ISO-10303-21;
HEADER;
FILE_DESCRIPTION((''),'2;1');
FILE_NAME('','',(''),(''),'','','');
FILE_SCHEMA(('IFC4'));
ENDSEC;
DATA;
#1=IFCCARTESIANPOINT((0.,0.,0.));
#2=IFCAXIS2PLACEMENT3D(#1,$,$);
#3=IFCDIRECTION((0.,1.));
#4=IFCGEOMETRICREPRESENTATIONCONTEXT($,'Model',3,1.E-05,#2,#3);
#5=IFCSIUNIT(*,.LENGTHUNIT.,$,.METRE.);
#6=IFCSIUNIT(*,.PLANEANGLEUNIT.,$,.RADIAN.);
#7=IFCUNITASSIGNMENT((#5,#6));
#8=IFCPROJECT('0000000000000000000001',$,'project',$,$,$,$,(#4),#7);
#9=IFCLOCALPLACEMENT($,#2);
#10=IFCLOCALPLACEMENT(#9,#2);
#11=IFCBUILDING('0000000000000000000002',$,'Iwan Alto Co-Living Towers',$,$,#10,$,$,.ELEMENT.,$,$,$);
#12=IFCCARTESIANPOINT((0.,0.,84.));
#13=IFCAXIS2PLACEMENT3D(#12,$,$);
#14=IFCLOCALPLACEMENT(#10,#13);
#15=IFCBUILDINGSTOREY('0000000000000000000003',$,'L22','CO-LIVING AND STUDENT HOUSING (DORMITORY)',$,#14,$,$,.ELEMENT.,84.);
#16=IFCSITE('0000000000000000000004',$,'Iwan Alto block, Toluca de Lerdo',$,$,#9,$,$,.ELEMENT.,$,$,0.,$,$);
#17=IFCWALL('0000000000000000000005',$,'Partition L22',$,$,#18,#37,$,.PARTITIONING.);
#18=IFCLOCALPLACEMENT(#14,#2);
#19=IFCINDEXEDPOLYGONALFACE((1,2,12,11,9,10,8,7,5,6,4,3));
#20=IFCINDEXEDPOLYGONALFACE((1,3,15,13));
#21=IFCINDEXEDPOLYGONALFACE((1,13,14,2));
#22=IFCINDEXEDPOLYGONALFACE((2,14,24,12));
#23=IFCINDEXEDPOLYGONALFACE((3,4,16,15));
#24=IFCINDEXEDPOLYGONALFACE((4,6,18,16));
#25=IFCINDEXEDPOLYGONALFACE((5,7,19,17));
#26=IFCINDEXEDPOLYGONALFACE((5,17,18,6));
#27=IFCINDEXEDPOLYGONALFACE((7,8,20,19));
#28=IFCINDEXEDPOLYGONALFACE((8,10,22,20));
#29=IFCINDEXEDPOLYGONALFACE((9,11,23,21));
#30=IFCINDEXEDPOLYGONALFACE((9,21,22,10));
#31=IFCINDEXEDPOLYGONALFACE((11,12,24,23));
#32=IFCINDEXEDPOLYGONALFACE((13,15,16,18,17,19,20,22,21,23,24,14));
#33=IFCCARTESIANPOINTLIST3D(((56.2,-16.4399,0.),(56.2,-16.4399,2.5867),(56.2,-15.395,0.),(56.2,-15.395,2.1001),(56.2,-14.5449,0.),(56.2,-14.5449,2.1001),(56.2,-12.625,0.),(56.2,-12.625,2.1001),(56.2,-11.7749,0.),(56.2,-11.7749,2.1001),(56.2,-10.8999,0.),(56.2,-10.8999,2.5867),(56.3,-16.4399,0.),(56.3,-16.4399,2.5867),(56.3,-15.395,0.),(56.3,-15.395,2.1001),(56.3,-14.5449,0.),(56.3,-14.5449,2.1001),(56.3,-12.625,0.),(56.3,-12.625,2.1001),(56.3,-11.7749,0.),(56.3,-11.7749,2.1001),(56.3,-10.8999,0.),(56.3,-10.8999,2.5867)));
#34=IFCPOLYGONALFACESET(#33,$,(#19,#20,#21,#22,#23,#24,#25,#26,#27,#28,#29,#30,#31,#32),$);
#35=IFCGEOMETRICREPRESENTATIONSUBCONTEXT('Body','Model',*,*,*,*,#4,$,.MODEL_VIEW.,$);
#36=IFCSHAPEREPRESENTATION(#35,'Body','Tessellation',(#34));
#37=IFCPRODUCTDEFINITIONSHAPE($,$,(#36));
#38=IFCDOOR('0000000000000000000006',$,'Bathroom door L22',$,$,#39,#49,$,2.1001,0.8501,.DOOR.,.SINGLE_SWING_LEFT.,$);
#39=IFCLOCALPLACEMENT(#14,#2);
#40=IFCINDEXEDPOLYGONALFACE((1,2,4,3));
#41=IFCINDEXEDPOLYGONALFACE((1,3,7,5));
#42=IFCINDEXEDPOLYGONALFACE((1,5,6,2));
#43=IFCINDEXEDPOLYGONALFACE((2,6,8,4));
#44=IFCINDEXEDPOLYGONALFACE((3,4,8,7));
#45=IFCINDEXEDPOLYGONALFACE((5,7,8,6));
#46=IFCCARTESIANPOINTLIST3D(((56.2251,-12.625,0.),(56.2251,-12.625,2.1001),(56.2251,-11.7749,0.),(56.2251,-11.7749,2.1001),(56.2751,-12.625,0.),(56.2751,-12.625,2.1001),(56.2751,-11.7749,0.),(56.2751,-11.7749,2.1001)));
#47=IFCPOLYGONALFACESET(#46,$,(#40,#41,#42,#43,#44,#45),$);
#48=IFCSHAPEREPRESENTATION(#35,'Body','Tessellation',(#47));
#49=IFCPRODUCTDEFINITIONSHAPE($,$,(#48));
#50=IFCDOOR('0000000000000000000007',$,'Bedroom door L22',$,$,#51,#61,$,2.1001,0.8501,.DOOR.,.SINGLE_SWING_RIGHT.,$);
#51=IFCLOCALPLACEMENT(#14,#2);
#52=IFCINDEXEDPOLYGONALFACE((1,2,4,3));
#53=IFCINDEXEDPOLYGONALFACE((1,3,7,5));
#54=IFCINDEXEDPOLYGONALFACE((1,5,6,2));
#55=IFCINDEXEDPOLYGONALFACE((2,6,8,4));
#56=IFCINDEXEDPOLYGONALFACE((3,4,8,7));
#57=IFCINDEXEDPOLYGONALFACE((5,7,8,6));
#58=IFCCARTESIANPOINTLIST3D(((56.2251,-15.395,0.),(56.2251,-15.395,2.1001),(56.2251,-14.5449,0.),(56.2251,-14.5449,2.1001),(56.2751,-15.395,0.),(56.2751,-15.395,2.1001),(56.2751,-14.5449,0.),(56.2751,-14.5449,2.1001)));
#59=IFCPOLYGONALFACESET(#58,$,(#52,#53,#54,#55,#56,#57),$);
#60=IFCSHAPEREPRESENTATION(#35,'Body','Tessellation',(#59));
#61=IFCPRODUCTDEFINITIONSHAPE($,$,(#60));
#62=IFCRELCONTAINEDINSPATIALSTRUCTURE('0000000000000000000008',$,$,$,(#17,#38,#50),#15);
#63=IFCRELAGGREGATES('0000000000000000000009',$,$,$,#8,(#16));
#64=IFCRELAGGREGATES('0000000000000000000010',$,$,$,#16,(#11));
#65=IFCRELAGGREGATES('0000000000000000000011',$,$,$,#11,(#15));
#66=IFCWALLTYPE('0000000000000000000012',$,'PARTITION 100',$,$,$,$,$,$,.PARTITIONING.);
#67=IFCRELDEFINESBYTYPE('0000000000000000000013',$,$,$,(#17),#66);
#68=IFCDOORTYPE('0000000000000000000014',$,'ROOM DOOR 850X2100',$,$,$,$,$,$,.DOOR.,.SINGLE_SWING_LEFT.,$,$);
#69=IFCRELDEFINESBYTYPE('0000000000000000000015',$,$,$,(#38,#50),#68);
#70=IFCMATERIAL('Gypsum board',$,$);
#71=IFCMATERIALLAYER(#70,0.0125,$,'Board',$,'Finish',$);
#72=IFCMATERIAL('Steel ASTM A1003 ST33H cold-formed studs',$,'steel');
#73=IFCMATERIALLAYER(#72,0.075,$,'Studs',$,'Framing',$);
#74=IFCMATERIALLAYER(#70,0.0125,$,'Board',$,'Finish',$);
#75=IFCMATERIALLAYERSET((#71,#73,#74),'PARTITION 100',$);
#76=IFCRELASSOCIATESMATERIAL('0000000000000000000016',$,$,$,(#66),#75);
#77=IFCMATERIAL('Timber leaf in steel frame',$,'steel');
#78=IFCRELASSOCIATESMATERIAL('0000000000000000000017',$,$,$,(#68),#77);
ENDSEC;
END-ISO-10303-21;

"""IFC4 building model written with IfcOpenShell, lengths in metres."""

from ifc_helpers import new_model, si_unit, direction, frame, frame_2d, origin, place, context, subcontext, project, spatial, rectangle, extrude, material, layer, layer_set, type_object, element, fill, save


model = new_model("IFC4")

# Units and contexts
model_context = context("Model", 3, precision=1e-05, world=origin(), true_north=direction((0.0, 1.0)))
body_context = subcontext(model_context, "Body", "Model", "MODEL_VIEW")
ifc_project = project(units=[si_unit("LENGTHUNIT", "METRE"), si_unit("PLANEANGLEUNIT", "RADIAN")], contexts=[model_context])

# Site, building, storey
site_placement = place(None, origin())
site = spatial("IfcSite", under=ifc_project, at=site_placement, Name="Iwan Alto block, Toluca de Lerdo", CompositionType="ELEMENT", RefElevation=0.0)
building_placement = place(site_placement, origin())
building = spatial("IfcBuilding", under=site, at=building_placement, Name="Iwan Alto Co-Living Towers", CompositionType="ELEMENT")
storey_placement = place(building_placement, frame((0.0, 0.0, 84.0)))
storey = spatial("IfcBuildingStorey", under=building, at=storey_placement, Name="L22", Description="CO-LIVING AND STUDENT HOUSING (DORMITORY)", CompositionType="ELEMENT", Elevation=84.0)

# Shared definitions
ifc_material_1 = material(Name="Gypsum board")
ifc_layer_1 = layer(ifc_material_1, 0.0125, Name="Board", Category="Finish")
ifc_material_2 = material(Name="Steel ASTM A1003 ST33H cold-formed studs", Category="steel")
ifc_layer_2 = layer(ifc_material_2, 0.075, Name="Studs", Category="Framing")
ifc_layer_3 = layer(ifc_material_1, 0.0125, Name="Board", Category="Finish")
ifc_layer_set_1 = layer_set([ifc_layer_1, ifc_layer_2, ifc_layer_3], Name="PARTITION 100")
wall_type = type_object("IfcWallType", Name="PARTITION 100", PredefinedType="PARTITIONING", material=ifc_layer_set_1)

# Wall, openings, doors
wall_1_placement = place(storey_placement, frame((56.25, -16.4399, 0.0), z_axis=(0.0, 0.0, 1.0), x_axis=(0.0, 1.0, 0.0)))
wall_1 = element("IfcWall", 1, at=wall_1_placement, inside=storey, type_object=wall_type, Name="Partition L22", PredefinedType="PARTITIONING", context=body_context, shape_type="SweptSolid", body=[
    extrude(rectangle(XDim=5.54, YDim=0.1001, at=frame_2d((2.77, 0.0))), origin(), (0.0, 0.0, 1.0), 2.5867),
])
opening_1_placement = place(wall_1_placement, frame((3.8149, 0.0, 0.0)))
opening_1 = element("IfcOpeningElement", 2, at=opening_1_placement, cuts=wall_1, PredefinedType="OPENING", context=body_context, shape_type="SweptSolid", body=[
    extrude(rectangle(XDim=0.8501, YDim=2.1001, at=frame_2d((0.425, 1.05))), frame((0.0, 0.0601, 0.0), z_axis=(0.0, -1.0, 0.0), x_axis=(1.0, 0.0, 0.0)), (0.0, 0.0, 1.0), 0.1201),
])
opening_2_placement = place(wall_1_placement, frame((1.0449, 0.0, 0.0)))
opening_2 = element("IfcOpeningElement", 3, at=opening_2_placement, cuts=wall_1, PredefinedType="OPENING", context=body_context, shape_type="SweptSolid", body=[
    extrude(rectangle(XDim=0.8501, YDim=2.1001, at=frame_2d((0.425, 1.05))), frame((0.0, 0.0601, 0.0), z_axis=(0.0, -1.0, 0.0), x_axis=(1.0, 0.0, 0.0)), (0.0, 0.0, 1.0), 0.1201),
])
ifc_material_3 = material(Name="Timber leaf in steel frame", Category="steel")
door_type = type_object("IfcDoorType", Name="ROOM DOOR 850X2100", OperationType="SINGLE_SWING_LEFT", PredefinedType="DOOR", material=ifc_material_3)
door_1_placement = place(opening_1_placement, origin())
door_1 = element("IfcDoor", 4, at=door_1_placement, inside=storey, type_object=door_type, Name="Bathroom door L22", OperationType="SINGLE_SWING_LEFT", OverallHeight=2.1001, OverallWidth=0.8501, PredefinedType="DOOR", context=body_context, shape_type="SweptSolid", body=[
    extrude(rectangle(XDim=0.8501, YDim=2.1001, at=frame_2d((0.425, 1.05))), frame((0.0, 0.0249, 0.0), z_axis=(0.0, -1.0, 0.0), x_axis=(1.0, 0.0, 0.0)), (0.0, 0.0, 1.0), 0.05),
])
fill(opening_1, door_1)
door_2_placement = place(opening_2_placement, origin())
door_2 = element("IfcDoor", 5, at=door_2_placement, inside=storey, type_object=door_type, Name="Bedroom door L22", OperationType="SINGLE_SWING_RIGHT", OverallHeight=2.1001, OverallWidth=0.8501, PredefinedType="DOOR", context=body_context, shape_type="SweptSolid", body=[
    extrude(rectangle(XDim=0.8501, YDim=2.1001, at=frame_2d((0.425, 1.05))), frame((0.0, 0.0249, 0.0), z_axis=(0.0, -1.0, 0.0), x_axis=(1.0, 0.0, 0.0)), (0.0, 0.0, 1.0), 0.05),
])
fill(opening_2, door_2)

save(model, "model.ifc")
